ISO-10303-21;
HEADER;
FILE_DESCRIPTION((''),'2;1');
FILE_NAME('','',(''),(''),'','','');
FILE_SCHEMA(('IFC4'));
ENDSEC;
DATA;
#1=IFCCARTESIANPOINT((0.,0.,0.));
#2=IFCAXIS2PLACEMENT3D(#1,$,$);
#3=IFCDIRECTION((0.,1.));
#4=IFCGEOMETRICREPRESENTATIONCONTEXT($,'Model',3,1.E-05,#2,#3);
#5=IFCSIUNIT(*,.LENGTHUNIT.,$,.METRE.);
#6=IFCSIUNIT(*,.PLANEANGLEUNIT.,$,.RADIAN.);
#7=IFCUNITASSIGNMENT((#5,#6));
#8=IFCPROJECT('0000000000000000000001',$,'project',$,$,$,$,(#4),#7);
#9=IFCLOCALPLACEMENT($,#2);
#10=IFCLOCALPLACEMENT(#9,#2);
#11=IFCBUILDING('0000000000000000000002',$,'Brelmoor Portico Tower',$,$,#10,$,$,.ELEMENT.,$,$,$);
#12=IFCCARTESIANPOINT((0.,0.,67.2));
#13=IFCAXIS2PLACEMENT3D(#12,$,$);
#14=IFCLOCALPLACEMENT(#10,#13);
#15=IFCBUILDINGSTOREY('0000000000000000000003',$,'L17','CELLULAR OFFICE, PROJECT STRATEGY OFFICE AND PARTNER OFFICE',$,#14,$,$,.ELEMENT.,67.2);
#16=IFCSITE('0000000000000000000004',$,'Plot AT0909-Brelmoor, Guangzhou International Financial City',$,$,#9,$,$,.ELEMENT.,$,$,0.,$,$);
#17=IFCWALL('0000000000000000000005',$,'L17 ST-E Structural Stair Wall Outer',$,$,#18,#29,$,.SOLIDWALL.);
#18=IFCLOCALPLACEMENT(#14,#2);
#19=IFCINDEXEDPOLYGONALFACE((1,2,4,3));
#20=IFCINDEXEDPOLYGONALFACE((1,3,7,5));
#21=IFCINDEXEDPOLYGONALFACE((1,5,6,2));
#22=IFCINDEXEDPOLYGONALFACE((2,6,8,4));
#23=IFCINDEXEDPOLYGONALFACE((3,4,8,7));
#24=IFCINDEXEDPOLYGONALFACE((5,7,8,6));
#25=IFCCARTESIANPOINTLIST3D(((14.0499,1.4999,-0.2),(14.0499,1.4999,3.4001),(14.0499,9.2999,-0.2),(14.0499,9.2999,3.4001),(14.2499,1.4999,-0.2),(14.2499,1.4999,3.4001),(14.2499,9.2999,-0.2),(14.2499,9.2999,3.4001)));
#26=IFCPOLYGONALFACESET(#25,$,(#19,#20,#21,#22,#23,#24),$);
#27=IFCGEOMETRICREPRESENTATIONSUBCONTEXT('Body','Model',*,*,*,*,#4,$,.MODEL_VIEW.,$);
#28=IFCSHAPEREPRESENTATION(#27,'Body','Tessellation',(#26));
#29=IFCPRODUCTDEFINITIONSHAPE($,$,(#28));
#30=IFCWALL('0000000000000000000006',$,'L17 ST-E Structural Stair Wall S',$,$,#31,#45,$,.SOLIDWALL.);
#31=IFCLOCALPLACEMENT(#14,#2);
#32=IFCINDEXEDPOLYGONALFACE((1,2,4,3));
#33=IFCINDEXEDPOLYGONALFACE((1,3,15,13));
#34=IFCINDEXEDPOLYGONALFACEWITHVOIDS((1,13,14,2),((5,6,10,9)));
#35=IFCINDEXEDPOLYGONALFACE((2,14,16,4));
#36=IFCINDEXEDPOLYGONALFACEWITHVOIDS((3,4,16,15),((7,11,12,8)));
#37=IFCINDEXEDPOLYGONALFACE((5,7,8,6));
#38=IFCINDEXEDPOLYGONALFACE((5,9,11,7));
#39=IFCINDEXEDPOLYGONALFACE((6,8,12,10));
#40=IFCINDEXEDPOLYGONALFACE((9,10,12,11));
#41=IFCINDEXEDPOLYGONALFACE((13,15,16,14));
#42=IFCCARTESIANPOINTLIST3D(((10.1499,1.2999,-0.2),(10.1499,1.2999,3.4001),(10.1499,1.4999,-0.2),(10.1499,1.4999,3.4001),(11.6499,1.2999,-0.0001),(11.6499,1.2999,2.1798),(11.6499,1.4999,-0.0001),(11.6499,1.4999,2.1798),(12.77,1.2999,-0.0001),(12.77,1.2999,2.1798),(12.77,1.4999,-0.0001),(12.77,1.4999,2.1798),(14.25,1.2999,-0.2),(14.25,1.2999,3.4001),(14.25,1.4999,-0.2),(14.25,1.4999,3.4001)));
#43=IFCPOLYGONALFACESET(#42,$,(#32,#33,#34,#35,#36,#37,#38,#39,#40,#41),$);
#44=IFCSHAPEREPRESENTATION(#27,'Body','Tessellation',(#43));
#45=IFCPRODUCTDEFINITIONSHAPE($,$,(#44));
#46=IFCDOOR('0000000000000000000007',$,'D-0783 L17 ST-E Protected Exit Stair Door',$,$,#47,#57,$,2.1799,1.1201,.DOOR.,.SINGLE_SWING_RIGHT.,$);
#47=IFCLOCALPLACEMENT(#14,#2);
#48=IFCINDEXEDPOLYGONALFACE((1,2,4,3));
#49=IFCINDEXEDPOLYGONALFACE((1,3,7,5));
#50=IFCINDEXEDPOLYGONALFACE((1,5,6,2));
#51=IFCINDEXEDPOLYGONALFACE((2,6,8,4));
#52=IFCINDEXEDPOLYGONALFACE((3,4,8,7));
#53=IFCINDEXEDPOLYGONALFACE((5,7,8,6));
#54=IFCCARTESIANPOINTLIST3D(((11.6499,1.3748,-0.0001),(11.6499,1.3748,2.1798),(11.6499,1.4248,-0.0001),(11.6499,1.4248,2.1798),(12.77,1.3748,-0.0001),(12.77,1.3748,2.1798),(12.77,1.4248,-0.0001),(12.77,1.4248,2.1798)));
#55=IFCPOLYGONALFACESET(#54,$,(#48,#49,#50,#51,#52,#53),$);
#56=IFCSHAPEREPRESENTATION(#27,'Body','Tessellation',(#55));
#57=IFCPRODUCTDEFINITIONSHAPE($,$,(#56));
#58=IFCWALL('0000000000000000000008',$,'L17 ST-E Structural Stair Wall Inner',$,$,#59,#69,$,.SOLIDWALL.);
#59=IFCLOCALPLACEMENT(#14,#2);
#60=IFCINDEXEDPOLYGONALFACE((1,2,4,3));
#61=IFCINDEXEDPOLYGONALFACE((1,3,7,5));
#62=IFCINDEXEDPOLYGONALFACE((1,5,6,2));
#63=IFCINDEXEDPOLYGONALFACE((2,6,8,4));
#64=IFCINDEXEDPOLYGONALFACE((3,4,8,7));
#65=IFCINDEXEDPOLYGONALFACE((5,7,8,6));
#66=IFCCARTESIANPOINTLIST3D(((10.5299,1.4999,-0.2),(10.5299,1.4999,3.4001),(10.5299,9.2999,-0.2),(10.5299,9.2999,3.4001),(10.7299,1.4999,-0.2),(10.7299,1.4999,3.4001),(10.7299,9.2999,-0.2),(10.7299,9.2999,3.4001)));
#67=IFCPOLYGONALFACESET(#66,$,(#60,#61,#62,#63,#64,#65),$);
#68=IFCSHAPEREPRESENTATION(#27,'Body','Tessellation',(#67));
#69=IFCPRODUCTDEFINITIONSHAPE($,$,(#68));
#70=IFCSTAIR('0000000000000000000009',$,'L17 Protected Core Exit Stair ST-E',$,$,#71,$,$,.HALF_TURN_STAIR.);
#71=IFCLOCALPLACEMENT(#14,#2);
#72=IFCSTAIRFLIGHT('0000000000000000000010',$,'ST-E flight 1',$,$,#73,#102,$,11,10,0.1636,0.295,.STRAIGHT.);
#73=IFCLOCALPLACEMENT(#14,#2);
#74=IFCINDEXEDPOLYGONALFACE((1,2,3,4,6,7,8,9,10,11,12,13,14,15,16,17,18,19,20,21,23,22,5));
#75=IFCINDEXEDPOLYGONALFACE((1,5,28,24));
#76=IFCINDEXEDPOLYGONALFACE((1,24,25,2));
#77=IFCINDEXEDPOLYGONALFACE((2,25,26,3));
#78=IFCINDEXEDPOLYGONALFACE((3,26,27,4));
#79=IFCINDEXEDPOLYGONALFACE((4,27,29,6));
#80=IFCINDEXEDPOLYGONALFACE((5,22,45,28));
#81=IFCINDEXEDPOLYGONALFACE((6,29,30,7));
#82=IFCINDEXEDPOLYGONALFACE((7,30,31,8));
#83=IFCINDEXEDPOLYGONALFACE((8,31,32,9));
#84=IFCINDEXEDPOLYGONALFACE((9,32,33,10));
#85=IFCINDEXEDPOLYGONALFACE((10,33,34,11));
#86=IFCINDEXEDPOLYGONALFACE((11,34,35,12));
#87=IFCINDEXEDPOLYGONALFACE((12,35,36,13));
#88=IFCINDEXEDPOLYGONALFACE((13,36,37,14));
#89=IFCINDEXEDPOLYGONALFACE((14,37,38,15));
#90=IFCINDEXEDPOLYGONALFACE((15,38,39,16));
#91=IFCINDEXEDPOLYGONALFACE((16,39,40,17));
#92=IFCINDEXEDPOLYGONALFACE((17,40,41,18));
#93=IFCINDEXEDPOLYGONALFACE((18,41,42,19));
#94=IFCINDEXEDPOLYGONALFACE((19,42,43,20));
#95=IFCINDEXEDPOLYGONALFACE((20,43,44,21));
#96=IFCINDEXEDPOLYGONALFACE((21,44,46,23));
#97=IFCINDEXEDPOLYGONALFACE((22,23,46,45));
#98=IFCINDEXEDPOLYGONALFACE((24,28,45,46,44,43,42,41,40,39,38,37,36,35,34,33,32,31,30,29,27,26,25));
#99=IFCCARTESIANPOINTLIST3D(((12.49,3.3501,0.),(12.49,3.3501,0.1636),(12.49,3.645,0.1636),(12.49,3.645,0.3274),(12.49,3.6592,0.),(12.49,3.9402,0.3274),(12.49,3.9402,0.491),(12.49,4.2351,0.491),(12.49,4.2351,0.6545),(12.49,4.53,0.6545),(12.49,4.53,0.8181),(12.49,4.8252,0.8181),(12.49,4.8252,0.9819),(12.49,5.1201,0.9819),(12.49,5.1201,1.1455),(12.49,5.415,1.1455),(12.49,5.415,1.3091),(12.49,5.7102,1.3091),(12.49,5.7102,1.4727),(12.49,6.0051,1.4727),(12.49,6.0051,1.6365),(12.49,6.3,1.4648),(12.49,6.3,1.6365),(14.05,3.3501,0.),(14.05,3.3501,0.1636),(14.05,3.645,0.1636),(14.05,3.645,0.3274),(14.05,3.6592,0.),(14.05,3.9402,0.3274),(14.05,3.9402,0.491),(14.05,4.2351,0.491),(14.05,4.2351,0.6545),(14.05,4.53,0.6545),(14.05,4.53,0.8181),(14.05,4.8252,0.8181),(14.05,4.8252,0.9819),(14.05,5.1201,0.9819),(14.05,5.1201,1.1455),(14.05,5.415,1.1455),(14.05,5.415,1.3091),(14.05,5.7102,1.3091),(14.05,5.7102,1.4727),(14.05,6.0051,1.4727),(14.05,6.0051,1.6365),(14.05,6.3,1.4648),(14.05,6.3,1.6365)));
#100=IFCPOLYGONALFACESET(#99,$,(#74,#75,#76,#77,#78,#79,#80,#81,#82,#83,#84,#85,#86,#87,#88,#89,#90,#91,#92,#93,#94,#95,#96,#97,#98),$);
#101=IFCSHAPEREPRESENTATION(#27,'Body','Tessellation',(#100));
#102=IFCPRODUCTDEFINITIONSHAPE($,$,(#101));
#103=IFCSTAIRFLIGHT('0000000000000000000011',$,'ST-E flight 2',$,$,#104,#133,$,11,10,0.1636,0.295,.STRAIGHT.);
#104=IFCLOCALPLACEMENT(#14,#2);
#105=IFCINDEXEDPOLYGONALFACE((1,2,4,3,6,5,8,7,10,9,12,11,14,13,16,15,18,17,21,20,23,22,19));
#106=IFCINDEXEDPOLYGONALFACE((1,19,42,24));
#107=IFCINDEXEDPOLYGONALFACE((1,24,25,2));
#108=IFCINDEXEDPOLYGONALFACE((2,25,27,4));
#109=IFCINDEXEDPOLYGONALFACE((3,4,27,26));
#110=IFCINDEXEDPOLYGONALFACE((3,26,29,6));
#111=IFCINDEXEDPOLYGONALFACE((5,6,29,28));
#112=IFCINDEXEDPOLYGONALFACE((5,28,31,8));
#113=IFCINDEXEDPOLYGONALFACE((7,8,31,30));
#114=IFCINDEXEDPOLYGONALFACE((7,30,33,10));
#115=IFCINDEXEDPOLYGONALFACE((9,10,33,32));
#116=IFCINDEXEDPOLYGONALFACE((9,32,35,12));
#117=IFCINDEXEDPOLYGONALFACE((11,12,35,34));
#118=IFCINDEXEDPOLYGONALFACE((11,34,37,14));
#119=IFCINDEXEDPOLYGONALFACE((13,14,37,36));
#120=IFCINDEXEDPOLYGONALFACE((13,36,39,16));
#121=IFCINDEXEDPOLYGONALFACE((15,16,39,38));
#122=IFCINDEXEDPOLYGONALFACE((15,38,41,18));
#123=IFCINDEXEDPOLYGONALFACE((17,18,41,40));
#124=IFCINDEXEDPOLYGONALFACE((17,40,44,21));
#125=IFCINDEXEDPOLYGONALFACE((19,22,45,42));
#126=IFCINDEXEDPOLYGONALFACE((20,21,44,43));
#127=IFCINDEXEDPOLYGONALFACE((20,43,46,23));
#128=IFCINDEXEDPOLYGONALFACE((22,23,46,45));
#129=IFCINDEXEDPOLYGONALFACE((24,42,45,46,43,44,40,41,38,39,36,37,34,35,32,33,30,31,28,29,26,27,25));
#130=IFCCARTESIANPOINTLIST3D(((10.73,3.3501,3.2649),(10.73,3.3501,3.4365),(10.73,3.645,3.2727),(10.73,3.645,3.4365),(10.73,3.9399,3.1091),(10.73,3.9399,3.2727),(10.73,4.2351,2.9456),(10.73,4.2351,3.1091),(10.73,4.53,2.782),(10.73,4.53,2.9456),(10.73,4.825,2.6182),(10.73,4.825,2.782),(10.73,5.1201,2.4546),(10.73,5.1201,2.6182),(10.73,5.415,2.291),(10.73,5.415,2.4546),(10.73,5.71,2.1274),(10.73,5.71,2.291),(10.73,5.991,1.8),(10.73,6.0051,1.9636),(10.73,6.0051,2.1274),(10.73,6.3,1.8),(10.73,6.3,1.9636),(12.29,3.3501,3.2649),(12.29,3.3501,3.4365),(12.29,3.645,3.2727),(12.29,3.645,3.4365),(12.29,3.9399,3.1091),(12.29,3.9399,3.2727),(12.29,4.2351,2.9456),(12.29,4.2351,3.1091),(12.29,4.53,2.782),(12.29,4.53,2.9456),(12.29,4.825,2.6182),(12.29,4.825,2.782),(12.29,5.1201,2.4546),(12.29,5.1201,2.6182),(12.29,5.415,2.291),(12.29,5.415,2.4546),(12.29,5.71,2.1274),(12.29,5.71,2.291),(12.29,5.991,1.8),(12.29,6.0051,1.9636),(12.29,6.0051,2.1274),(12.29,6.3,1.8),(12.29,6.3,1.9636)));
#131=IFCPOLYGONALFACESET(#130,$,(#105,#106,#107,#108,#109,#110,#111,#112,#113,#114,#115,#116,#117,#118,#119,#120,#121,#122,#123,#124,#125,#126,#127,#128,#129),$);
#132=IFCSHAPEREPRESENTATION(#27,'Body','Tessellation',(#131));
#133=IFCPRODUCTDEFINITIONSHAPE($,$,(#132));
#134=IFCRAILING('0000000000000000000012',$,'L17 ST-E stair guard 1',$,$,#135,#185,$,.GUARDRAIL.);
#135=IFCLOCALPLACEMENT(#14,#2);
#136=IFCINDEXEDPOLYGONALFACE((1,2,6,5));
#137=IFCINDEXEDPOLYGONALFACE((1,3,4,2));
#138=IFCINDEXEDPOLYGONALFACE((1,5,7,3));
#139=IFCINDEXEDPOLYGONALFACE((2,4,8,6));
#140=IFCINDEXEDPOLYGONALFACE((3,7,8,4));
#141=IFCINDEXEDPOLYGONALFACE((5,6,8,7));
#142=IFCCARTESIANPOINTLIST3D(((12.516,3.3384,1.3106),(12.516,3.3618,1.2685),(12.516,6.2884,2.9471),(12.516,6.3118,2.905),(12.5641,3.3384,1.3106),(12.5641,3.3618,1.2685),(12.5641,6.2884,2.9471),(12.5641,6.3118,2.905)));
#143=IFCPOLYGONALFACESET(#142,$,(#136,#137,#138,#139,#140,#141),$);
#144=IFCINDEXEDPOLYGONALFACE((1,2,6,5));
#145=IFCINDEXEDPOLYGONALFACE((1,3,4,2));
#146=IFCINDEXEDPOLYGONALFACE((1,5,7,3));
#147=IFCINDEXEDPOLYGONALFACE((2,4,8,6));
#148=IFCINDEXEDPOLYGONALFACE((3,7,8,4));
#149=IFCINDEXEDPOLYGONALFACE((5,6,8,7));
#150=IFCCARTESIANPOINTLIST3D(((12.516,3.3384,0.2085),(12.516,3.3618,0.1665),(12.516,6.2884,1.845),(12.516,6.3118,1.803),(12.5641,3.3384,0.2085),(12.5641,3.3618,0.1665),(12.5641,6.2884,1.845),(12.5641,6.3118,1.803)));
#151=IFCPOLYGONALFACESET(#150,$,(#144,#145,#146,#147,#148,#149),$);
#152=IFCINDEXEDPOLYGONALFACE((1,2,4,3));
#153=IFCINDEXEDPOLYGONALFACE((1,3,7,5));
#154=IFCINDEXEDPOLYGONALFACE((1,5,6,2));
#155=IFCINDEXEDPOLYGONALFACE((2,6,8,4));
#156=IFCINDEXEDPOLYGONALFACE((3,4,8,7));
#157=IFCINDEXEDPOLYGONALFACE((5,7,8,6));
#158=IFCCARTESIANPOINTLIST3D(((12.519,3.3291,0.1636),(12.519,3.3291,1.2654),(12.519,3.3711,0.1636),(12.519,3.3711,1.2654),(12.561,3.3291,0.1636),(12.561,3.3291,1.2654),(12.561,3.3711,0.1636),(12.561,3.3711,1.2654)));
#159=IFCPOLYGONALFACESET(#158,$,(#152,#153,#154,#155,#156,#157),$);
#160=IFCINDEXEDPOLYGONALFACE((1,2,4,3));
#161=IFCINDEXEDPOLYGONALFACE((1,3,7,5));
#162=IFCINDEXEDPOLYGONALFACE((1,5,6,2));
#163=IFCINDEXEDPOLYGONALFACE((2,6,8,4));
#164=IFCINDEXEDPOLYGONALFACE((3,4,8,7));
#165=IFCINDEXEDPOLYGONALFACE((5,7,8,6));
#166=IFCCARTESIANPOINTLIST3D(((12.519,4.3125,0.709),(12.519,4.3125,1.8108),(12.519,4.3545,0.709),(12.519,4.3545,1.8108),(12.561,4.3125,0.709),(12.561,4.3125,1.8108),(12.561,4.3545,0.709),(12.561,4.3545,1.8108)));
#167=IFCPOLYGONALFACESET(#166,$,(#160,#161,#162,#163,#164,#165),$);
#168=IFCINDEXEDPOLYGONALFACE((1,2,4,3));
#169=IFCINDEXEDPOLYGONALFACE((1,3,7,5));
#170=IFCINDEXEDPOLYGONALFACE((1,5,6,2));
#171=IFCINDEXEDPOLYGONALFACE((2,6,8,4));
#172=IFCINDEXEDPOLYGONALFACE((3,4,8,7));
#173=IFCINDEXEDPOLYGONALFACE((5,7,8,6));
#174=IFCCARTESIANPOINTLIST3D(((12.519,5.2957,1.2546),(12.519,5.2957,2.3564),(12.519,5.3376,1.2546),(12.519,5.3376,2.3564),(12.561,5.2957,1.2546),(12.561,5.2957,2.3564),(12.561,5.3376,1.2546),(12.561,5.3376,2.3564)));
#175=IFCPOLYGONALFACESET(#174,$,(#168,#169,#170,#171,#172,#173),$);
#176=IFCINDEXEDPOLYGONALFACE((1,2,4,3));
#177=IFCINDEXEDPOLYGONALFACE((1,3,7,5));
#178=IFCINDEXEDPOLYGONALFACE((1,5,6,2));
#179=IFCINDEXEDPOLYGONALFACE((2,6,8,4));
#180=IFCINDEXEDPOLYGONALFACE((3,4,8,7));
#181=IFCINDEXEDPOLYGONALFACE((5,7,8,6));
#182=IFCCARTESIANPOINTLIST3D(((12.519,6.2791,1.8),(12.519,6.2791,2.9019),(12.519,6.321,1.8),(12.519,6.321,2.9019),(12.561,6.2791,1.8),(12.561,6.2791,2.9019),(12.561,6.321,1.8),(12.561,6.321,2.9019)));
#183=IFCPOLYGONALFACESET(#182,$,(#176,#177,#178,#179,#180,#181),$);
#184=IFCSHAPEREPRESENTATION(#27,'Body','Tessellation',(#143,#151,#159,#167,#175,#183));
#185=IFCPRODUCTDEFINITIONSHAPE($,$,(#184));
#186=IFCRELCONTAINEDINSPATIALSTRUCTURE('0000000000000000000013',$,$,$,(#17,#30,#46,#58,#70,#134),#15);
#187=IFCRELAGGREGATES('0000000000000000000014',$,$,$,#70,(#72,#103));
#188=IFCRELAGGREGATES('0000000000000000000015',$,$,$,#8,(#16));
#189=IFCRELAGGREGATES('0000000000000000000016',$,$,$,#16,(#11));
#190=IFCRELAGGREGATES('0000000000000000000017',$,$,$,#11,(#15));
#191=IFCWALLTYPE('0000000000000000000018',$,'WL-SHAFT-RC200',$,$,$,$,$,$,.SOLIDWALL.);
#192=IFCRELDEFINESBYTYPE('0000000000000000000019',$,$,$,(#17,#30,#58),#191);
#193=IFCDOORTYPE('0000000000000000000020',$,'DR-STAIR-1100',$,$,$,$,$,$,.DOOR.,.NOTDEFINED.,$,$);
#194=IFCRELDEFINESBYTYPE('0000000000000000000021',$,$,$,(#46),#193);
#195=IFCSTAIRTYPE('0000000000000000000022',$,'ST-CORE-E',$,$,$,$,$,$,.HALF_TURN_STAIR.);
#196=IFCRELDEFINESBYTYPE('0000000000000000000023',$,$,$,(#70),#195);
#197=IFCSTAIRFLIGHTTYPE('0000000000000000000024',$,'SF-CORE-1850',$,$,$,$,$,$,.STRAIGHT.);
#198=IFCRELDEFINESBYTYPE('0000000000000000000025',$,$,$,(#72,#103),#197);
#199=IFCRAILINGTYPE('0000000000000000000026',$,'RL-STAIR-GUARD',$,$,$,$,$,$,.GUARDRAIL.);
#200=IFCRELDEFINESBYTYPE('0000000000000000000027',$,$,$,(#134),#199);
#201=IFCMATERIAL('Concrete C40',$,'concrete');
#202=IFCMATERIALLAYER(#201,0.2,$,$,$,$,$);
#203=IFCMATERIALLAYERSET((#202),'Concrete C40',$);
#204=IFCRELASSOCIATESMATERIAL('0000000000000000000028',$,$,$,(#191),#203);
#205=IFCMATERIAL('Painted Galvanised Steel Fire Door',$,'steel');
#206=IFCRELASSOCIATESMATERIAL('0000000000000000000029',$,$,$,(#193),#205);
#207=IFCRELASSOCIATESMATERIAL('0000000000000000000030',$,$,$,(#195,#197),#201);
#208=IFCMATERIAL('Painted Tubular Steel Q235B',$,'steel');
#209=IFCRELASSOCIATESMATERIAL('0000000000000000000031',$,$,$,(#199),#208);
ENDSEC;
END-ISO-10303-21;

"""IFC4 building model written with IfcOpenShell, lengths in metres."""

from ifc_helpers import new_model, si_unit, direction, frame, frame_2d, origin, origin_2d, place, context, subcontext, project, spatial, polyline, rectangle, outline, extrude, material, layer, layer_set, type_object, element, fill, aggregate, save


model = new_model("IFC4")

# Units and contexts
model_context = context("Model", 3, precision=1e-05, world=origin(), true_north=direction((0.0, 1.0)))
body_context = subcontext(model_context, "Body", "Model", "MODEL_VIEW")
ifc_project = project(units=[si_unit("LENGTHUNIT", "METRE"), si_unit("PLANEANGLEUNIT", "RADIAN")], contexts=[model_context])

# Site, building, storey
site_placement = place(None, origin())
site = spatial("IfcSite", under=ifc_project, at=site_placement, Name="Plot AT0909-Brelmoor, Guangzhou International Financial City", CompositionType="ELEMENT", RefElevation=0.0)
building_placement = place(site_placement, origin())
building = spatial("IfcBuilding", under=site, at=building_placement, Name="Brelmoor Portico Tower", CompositionType="ELEMENT")
storey_placement = place(building_placement, frame((0.0, 0.0, 67.2)))
storey = spatial("IfcBuildingStorey", under=building, at=storey_placement, Name="L17", Description="CELLULAR OFFICE, PROJECT STRATEGY OFFICE AND PARTNER OFFICE", CompositionType="ELEMENT", Elevation=67.2)

# Wall
ifc_material_1 = material(Name="Concrete C40", Category="concrete")
ifc_layer_1 = layer(ifc_material_1, 0.2)
ifc_layer_set_1 = layer_set([ifc_layer_1], Name="Concrete C40")
wall_type_1 = type_object("IfcWallType", Name="WL-SHAFT-RC200", PredefinedType="SOLIDWALL", material=ifc_layer_set_1)
wall_1_placement = place(storey_placement, frame((14.1499, 1.5, -0.2), z_axis=(0.0, 0.0, 1.0), x_axis=(0.0, 1.0, 0.0)))
element("IfcWall", 1, at=wall_1_placement, inside=storey, type_object=wall_type_1, Name="L17 ST-E Structural Stair Wall Outer", PredefinedType="SOLIDWALL", context=body_context, shape_type="SweptSolid", body=[
    extrude(rectangle(XDim=7.8, YDim=0.2, at=frame_2d((3.8999, 0.0))), origin(), (0.0, 0.0, 1.0), 3.6001),
])

# Wall, opening, door
wall_2_placement = place(storey_placement, frame((10.1499, 1.3999, -0.2), z_axis=(0.0, 0.0, 1.0), x_axis=(1.0, 0.0, 0.0)))
wall_2 = element("IfcWall", 2, at=wall_2_placement, inside=storey, type_object=wall_type_1, Name="L17 ST-E Structural Stair Wall S", PredefinedType="SOLIDWALL", context=body_context, shape_type="SweptSolid", body=[
    extrude(rectangle(XDim=4.1001, YDim=0.2, at=frame_2d((2.05, 0.0))), origin(), (0.0, 0.0, 1.0), 3.6001),
])
opening_placement = place(wall_2_placement, frame((1.5, 0.0, 0.2)))
opening = element("IfcOpeningElement", 3, at=opening_placement, cuts=wall_2, PredefinedType="OPENING", context=body_context, shape_type="SweptSolid", body=[
    extrude(rectangle(XDim=1.1201, YDim=2.1799, at=frame_2d((0.5601, 1.0898))), frame((0.0, 0.1099, 0.0), z_axis=(0.0, -1.0, 0.0), x_axis=(1.0, 0.0, 0.0)), (0.0, 0.0, 1.0), 0.22),
])
ifc_material_2 = material(Name="Painted Galvanised Steel Fire Door", Category="steel")
door_type = type_object("IfcDoorType", Name="DR-STAIR-1100", OperationType="NOTDEFINED", PredefinedType="DOOR", material=ifc_material_2)
door_placement = place(opening_placement, origin())
door = element("IfcDoor", 4, at=door_placement, inside=storey, type_object=door_type, Name="D-0783 L17 ST-E Protected Exit Stair Door", OperationType="SINGLE_SWING_RIGHT", OverallHeight=2.1799, OverallWidth=1.1201, PredefinedType="DOOR", context=body_context, shape_type="SweptSolid", body=[
    extrude(rectangle(XDim=1.1201, YDim=2.1799, at=frame_2d((0.5601, 1.0898))), frame((0.0, 0.0249, 0.0), z_axis=(0.0, -1.0, 0.0), x_axis=(1.0, 0.0, 0.0)), (0.0, 0.0, 1.0), 0.05),
])
fill(opening, door)

# Wall
wall_3_placement = place(storey_placement, frame((10.6299, 1.5, -0.2), z_axis=(0.0, 0.0, 1.0), x_axis=(0.0, 1.0, 0.0)))
element("IfcWall", 5, at=wall_3_placement, inside=storey, type_object=wall_type_1, Name="L17 ST-E Structural Stair Wall Inner", PredefinedType="SOLIDWALL", context=body_context, shape_type="SweptSolid", body=[
    extrude(rectangle(XDim=7.8, YDim=0.2, at=frame_2d((3.8999, 0.0))), origin(), (0.0, 0.0, 1.0), 3.6001),
])

# Stair, stair flights
stair_type = type_object("IfcStairType", Name="ST-CORE-E", PredefinedType="HALF_TURN_STAIR", material=ifc_material_1)
stair_placement = place(storey_placement, origin())
stair = element("IfcStair", 6, at=stair_placement, inside=storey, type_object=stair_type, Name="L17 Protected Core Exit Stair ST-E", PredefinedType="HALF_TURN_STAIR")
stair_flight_type = type_object("IfcStairFlightType", Name="SF-CORE-1850", PredefinedType="STRAIGHT", material=ifc_material_1)
stair_flight_1_placement = place(storey_placement, frame((13.27, 3.3501, 0.0), z_axis=(0.0, 0.0, 1.0), x_axis=(0.0, 1.0, 0.0)))
stair_flight_1 = element("IfcStairFlight", 7, at=stair_flight_1_placement, type_object=stair_flight_type, Name="ST-E flight 1", NumberOfRisers=11, NumberOfTreads=10, PredefinedType="STRAIGHT", RiserHeight=0.1636, TreadLength=0.295, context=body_context, shape_type="SweptSolid", body=[
    extrude(outline(polyline([(0.0, 0.0), (0.0, 0.1636), (0.2949, 0.1636), (0.2949, 0.3274), (0.5901, 0.3274), (0.5901, 0.491), (0.885, 0.491), (0.885, 0.6545), (1.1799, 0.6545), (1.1799, 0.8181), (1.4751, 0.8181), (1.4751, 0.9819), (1.77, 0.9819), (1.77, 1.1455), (2.0649, 1.1455), (2.0649, 1.3091), (2.3601, 1.3091), (2.3601, 1.4727), (2.655, 1.4727), (2.655, 1.6365), (2.95, 1.6365), (2.95, 1.8), (2.95, 1.4648), (0.3091, 0.0), (0.0, 0.0)])), frame((0.0, 0.78, 0.0), z_axis=(0.0, -1.0, 0.0), x_axis=(1.0, 0.0, 0.0)), (0.0, 0.0, 1.0), 1.5601),
])
stair_flight_2_placement = place(storey_placement, frame((11.51, 6.3, 1.8), z_axis=(0.0, 0.0, 1.0), x_axis=(0.0, -1.0, 0.0)))
stair_flight_2 = element("IfcStairFlight", 8, at=stair_flight_2_placement, type_object=stair_flight_type, Name="ST-E flight 2", NumberOfRisers=11, NumberOfTreads=10, PredefinedType="STRAIGHT", RiserHeight=0.1636, TreadLength=0.295, context=body_context, shape_type="SweptSolid", body=[
    extrude(outline(polyline([(0.0, 0.0), (0.0, 0.1636), (0.2949, 0.1636), (0.2949, 0.3274), (0.5901, 0.3274), (0.5901, 0.491), (0.885, 0.491), (0.885, 0.6545), (1.1799, 0.6545), (1.1799, 0.8181), (1.4751, 0.8181), (1.4751, 0.9819), (1.77, 0.9819), (1.77, 1.1455), (2.0649, 1.1455), (2.0649, 1.3091), (2.3601, 1.3091), (2.3601, 1.4727), (2.655, 1.4727), (2.655, 1.6365), (2.95, 1.6365), (2.95, 1.8), (2.95, 1.4648), (0.3091, 0.0), (0.0, 0.0)])), frame((0.0, 0.78, 0.0), z_axis=(0.0, -1.0, 0.0), x_axis=(1.0, 0.0, 0.0)), (0.0, 0.0, 1.0), 1.5601),
])
aggregate(stair, [stair_flight_1, stair_flight_2])

# Railing
ifc_material_3 = material(Name="Painted Tubular Steel Q235B", Category="steel")
railing_type_1 = type_object("IfcRailingType", Name="RL-STAIR-GUARD", PredefinedType="GUARDRAIL", material=ifc_material_3)
railing_1_placement = place(storey_placement, frame((12.54, 3.3501, 0.1636)))
element("IfcRailing", 9, at=railing_1_placement, inside=storey, type_object=railing_type_1, Name="L17 ST-E stair guard 1", PredefinedType="GUARDRAIL", context=body_context, shape_type="SweptSolid", body=[
    extrude(rectangle(XDim=0.0481, YDim=0.0481, at=origin_2d()), frame((0.0, 0.0, 1.126), z_axis=(0.0, 0.874458, 0.485102), x_axis=(-1.0, 0.0, 0.0)), (0.0, 0.0, 1.0), 3.3735),
    extrude(rectangle(XDim=0.0481, YDim=0.0481, at=origin_2d()), frame((0.0, 0.0, 0.0239), z_axis=(0.0, 0.874458, 0.485102), x_axis=(-1.0, 0.0, 0.0)), (0.0, 0.0, 1.0), 3.3735),
    extrude(rectangle(XDim=0.042, YDim=0.042, at=origin_2d()), origin(), (0.0, 0.0, 1.0), 1.1018),
    extrude(rectangle(XDim=0.042, YDim=0.042, at=origin_2d()), frame((0.0, 0.9834, 0.5454)), (0.0, 0.0, 1.0), 1.1018),
    extrude(rectangle(XDim=0.042, YDim=0.042, at=origin_2d()), frame((0.0, 1.9666, 1.0911)), (0.0, 0.0, 1.0), 1.1018),
    extrude(rectangle(XDim=0.042, YDim=0.042, at=origin_2d()), frame((0.0, 2.95, 1.6365)), (0.0, 0.0, 1.0), 1.1018),
])

save(model, "model.ifc")
